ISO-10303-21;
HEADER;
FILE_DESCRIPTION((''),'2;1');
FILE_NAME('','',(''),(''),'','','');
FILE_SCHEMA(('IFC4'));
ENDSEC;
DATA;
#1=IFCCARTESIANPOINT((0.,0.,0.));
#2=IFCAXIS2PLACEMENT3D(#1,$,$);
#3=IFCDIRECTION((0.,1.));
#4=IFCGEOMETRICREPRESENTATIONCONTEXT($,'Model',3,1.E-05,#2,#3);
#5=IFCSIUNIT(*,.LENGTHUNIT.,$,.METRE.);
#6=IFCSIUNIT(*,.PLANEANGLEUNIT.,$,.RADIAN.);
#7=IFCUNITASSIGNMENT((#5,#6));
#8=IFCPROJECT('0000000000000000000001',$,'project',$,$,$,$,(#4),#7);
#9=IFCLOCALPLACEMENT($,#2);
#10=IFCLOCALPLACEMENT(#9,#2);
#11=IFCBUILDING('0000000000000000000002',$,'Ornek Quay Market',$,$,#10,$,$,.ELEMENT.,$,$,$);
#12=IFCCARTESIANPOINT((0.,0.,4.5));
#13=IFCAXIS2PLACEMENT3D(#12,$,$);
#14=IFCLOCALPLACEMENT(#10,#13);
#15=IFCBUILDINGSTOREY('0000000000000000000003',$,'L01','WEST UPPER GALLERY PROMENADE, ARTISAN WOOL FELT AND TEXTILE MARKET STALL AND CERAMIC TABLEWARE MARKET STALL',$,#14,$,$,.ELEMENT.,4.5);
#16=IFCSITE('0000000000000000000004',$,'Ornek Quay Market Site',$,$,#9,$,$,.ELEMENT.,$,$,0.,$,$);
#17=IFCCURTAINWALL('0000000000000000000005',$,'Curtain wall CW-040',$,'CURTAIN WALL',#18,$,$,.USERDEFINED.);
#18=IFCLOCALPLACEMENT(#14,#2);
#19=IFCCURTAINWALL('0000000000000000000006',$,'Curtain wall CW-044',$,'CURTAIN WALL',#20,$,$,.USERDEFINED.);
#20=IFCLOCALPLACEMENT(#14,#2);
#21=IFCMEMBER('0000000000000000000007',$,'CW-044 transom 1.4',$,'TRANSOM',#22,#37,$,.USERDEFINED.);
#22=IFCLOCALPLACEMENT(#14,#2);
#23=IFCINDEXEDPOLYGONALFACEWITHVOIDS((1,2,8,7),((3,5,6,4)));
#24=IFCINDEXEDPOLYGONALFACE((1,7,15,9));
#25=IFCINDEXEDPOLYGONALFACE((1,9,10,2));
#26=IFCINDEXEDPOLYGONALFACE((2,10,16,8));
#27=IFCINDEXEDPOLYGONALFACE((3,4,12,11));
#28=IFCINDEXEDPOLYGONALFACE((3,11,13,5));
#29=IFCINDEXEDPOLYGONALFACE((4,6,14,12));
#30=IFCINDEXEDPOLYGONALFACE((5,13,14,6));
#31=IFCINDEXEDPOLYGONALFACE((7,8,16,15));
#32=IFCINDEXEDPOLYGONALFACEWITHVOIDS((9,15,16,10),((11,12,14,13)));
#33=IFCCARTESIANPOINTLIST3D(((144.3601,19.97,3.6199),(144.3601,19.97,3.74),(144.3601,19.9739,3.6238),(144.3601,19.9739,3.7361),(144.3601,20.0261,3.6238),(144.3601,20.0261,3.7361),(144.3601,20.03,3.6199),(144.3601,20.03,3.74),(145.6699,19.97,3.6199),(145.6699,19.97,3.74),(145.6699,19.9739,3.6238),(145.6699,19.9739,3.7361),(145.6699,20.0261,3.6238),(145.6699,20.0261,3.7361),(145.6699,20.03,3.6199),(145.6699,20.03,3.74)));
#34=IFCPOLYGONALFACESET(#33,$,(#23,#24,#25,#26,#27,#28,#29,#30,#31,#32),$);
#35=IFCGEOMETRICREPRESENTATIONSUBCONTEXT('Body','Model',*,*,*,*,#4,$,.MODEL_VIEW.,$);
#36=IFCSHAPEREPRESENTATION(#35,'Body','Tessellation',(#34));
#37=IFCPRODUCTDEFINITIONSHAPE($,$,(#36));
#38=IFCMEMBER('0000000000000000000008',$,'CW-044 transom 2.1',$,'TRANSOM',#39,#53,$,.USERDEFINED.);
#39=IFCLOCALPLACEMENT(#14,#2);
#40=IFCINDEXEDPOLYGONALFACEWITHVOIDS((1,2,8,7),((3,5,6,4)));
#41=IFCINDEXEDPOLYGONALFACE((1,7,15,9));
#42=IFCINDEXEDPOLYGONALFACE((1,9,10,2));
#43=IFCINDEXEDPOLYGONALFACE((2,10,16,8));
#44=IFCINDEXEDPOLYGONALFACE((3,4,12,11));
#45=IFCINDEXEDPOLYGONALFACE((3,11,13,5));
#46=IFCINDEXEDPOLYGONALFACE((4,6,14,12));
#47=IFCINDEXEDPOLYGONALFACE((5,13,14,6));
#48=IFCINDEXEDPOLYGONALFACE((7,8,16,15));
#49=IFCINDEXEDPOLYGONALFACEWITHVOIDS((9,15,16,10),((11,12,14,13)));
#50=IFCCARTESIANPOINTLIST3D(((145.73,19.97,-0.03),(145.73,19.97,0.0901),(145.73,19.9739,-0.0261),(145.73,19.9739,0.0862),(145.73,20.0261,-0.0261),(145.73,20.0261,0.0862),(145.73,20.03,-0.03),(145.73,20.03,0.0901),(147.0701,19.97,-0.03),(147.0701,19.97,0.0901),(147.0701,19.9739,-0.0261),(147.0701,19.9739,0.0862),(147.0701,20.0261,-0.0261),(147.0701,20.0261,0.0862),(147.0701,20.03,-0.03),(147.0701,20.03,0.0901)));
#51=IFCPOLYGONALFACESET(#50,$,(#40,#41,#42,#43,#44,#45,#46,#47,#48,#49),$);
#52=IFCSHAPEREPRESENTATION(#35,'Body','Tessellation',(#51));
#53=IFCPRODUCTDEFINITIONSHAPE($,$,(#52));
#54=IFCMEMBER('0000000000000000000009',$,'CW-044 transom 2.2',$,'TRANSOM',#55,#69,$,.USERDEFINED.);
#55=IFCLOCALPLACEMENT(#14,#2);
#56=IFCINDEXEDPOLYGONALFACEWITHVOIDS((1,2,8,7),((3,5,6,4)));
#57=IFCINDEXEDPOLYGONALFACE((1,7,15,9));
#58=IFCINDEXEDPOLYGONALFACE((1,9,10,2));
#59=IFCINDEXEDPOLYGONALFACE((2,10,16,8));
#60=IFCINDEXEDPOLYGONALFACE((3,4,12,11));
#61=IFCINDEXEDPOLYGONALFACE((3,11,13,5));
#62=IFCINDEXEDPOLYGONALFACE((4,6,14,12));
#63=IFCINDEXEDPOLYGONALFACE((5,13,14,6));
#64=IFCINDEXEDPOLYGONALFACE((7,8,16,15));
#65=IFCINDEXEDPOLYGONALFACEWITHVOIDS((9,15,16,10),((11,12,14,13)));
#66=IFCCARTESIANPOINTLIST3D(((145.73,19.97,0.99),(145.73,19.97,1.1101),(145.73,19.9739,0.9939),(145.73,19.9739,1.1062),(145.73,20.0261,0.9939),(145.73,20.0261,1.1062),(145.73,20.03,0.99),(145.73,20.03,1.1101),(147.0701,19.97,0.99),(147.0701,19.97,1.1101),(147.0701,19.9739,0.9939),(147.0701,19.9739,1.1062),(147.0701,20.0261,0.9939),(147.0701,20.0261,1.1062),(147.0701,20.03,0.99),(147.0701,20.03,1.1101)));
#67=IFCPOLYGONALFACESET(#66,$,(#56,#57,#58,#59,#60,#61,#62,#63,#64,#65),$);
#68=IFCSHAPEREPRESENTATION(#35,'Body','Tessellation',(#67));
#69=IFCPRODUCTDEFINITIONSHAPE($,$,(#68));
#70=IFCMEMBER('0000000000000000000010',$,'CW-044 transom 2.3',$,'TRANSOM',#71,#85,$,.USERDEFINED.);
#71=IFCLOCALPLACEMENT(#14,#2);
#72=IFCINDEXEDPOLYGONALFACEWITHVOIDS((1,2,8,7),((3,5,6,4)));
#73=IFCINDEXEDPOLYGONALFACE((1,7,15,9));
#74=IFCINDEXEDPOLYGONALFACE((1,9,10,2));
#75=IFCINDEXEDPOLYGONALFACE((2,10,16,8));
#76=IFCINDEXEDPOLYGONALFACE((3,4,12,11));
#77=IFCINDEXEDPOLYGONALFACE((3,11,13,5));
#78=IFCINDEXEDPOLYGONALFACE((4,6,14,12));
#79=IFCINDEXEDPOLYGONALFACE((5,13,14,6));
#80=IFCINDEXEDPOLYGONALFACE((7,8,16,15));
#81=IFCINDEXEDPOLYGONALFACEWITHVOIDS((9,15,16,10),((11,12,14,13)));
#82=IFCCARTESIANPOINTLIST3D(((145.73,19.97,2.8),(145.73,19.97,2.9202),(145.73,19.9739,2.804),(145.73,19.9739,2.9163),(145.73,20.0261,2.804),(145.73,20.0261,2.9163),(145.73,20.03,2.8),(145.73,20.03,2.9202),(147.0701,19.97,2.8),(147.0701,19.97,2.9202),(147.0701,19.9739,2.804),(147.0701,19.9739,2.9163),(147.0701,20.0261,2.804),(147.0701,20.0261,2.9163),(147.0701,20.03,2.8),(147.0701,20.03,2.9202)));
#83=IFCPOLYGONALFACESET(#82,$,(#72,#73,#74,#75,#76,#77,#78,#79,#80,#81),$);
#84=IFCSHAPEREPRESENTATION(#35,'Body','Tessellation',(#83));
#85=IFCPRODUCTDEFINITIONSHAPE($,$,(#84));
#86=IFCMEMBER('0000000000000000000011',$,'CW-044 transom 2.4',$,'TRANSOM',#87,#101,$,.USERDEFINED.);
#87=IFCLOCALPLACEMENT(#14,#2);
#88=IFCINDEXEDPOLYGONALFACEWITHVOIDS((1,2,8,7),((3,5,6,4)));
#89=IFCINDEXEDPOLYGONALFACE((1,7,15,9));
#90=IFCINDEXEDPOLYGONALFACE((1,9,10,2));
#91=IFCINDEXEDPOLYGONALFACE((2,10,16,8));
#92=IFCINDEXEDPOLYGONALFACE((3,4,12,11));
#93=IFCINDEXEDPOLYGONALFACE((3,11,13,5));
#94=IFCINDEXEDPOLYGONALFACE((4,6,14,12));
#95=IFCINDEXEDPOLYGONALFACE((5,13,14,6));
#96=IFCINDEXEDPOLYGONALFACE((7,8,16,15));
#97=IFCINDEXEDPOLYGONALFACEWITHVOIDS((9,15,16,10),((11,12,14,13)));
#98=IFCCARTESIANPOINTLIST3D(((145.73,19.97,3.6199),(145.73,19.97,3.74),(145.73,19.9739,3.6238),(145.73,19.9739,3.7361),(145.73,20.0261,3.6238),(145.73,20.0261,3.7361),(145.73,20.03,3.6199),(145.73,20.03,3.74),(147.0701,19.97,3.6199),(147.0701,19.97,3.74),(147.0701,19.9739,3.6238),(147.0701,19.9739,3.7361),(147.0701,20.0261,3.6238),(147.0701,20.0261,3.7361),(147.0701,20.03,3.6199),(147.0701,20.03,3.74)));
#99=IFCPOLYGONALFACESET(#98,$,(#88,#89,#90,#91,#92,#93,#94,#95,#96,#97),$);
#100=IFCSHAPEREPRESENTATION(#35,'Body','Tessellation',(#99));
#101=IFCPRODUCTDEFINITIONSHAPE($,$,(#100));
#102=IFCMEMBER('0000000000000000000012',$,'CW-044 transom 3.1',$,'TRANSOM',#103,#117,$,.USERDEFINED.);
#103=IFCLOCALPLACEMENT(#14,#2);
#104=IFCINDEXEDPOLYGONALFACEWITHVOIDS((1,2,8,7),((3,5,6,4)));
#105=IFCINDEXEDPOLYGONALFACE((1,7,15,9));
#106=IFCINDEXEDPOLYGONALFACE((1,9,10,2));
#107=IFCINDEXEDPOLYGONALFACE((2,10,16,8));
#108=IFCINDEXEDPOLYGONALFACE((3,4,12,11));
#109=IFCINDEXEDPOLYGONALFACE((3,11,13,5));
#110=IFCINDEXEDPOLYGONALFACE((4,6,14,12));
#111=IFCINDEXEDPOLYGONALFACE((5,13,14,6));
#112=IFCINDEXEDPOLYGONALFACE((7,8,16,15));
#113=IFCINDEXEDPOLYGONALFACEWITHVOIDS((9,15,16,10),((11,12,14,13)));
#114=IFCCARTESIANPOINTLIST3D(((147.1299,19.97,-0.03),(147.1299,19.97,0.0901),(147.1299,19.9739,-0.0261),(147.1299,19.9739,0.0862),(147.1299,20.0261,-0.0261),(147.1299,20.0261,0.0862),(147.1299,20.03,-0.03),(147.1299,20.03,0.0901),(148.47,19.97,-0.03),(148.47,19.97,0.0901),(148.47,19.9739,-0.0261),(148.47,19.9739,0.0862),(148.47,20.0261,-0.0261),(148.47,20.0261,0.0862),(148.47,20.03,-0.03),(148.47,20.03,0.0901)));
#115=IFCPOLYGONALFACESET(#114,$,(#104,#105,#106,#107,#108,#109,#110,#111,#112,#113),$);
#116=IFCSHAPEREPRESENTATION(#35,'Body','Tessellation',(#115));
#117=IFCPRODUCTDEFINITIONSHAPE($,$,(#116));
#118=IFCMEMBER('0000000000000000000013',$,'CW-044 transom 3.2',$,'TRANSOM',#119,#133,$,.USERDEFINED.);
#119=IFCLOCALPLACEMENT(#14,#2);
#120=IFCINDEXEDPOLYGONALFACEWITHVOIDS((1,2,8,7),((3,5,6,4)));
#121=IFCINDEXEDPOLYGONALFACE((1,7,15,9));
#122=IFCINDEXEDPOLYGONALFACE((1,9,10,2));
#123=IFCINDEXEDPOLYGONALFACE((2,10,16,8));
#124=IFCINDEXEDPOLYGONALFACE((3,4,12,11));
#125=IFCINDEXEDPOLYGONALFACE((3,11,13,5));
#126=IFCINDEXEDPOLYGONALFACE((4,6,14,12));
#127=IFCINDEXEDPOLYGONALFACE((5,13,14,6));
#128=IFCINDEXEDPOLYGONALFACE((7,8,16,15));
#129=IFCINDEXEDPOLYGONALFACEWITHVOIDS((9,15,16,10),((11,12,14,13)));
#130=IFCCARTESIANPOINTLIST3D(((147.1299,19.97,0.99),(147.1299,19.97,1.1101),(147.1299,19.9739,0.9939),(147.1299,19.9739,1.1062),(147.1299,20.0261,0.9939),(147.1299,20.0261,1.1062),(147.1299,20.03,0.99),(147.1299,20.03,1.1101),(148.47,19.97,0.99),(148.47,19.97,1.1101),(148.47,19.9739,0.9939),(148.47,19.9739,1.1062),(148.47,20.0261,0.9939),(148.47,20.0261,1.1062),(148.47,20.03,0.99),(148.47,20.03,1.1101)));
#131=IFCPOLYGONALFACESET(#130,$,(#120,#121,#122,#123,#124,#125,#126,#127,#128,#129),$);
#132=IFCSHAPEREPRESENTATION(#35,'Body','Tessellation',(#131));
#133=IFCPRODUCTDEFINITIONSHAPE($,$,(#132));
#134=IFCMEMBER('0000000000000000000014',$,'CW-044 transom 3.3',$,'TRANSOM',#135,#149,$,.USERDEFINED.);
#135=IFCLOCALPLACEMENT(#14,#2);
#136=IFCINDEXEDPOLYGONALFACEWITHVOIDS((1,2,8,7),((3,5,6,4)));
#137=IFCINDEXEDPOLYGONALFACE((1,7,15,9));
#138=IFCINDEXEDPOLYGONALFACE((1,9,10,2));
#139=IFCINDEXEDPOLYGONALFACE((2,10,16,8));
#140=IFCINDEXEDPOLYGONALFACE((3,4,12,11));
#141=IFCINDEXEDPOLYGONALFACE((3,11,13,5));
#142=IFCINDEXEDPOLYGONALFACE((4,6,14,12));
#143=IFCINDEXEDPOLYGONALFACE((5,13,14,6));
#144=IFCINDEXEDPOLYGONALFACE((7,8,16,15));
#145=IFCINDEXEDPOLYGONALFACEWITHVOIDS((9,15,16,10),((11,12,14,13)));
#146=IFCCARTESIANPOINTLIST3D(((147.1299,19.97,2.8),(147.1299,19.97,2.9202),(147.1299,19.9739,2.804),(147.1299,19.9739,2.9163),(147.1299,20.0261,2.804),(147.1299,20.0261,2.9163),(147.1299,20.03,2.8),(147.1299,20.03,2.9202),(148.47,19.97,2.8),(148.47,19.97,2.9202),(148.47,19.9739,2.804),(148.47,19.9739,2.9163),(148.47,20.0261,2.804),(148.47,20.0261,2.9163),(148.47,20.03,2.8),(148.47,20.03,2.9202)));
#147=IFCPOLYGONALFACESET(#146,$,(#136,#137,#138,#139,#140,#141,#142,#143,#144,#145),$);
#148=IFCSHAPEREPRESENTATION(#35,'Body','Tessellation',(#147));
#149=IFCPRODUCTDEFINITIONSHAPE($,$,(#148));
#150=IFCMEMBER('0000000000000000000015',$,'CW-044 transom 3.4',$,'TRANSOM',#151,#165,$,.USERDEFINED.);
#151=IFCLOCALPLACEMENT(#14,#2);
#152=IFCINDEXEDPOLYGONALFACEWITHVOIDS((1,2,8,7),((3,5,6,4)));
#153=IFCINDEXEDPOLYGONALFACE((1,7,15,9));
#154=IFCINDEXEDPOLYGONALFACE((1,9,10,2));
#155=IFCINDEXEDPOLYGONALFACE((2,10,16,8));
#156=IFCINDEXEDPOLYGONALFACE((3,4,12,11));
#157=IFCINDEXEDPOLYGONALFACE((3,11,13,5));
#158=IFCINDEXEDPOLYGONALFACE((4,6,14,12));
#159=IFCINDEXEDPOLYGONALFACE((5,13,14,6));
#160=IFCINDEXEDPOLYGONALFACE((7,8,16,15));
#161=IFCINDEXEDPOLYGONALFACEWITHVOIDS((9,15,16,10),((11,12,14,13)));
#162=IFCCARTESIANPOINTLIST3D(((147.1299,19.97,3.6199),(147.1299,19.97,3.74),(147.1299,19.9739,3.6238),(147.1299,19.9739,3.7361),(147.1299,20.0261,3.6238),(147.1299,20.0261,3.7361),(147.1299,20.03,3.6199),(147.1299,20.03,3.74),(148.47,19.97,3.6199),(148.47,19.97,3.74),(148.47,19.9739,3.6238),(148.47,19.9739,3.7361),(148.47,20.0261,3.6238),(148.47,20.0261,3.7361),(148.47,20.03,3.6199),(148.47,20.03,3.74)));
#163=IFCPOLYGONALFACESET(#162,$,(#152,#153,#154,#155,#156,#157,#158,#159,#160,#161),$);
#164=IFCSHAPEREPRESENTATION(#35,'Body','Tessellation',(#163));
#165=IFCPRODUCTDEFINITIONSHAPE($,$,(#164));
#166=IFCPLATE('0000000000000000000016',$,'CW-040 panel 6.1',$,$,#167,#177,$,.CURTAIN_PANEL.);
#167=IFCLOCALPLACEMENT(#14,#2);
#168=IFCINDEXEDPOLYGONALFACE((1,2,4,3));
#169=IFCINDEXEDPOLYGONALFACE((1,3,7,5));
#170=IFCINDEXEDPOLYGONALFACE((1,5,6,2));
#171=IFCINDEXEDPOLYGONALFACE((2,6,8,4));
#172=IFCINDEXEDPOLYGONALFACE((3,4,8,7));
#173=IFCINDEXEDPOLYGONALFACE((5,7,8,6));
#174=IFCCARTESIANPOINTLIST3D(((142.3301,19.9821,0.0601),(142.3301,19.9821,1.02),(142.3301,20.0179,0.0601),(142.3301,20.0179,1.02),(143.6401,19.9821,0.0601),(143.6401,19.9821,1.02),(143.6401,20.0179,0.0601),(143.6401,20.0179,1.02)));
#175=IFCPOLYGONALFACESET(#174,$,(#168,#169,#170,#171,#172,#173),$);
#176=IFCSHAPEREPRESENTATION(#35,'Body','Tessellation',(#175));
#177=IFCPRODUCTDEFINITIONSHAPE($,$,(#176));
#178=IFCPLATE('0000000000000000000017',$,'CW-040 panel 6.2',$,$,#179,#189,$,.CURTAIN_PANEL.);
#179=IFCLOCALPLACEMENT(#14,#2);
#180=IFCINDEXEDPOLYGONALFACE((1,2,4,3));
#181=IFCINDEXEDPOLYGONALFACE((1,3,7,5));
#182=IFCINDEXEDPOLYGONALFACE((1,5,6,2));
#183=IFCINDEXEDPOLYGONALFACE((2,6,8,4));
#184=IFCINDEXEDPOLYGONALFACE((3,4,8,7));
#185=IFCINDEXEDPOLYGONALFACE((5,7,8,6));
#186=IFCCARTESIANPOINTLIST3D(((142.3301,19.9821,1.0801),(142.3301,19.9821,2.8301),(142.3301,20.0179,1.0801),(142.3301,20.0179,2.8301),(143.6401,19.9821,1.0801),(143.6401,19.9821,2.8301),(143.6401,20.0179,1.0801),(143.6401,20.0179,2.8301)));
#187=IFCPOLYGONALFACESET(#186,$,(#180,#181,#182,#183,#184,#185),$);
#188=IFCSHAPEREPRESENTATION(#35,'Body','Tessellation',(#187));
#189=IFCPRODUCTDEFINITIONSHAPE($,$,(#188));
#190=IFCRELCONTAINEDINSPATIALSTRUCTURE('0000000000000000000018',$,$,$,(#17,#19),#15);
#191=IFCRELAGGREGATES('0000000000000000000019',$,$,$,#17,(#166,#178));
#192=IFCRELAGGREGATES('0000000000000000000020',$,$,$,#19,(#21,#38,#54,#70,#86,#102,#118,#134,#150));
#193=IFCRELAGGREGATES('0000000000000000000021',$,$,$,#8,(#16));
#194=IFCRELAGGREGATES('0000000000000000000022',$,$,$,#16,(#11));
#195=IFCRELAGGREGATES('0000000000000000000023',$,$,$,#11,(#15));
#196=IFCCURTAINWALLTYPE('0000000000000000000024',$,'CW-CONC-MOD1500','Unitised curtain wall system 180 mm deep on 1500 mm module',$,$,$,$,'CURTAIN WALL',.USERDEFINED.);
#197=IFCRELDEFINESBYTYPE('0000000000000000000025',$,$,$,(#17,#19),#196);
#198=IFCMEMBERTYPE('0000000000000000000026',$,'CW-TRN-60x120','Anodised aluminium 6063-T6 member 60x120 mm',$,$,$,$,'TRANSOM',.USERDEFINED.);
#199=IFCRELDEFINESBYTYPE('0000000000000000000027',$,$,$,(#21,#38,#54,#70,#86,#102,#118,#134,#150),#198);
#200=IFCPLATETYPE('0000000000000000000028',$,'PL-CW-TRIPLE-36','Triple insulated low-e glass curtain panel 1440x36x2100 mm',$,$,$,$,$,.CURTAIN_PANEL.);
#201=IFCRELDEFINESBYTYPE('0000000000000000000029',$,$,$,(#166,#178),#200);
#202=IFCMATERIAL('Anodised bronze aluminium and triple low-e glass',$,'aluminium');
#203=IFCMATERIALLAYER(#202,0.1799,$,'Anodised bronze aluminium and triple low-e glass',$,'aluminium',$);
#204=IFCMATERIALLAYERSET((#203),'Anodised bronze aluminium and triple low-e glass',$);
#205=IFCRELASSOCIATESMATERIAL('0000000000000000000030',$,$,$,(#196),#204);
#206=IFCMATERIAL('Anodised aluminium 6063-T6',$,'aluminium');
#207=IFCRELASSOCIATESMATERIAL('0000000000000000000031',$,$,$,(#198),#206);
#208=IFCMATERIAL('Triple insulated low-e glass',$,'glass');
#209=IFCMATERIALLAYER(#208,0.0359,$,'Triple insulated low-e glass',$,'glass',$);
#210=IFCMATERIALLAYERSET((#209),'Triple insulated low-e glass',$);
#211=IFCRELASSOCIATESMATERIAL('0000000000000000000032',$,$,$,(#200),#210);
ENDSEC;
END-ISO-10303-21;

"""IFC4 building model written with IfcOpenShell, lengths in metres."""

from ifc_helpers import new_model, si_unit, direction, frame, origin, origin_2d, place, context, subcontext, project, spatial, rectangle, hollow_rectangle, extrude, material, layer, layer_set, material_profile, profile_set, type_object, element, aggregate, save


model = new_model("IFC4")

# Units and contexts
model_context = context("Model", 3, precision=1e-05, world=origin(), true_north=direction((0.0, 1.0)))
body_context = subcontext(model_context, "Body", "Model", "MODEL_VIEW")
ifc_project = project(units=[si_unit("LENGTHUNIT", "METRE"), si_unit("PLANEANGLEUNIT", "RADIAN")], contexts=[model_context])

# Site, building, storey
site_placement = place(None, origin())
site = spatial("IfcSite", under=ifc_project, at=site_placement, Name="Ornek Quay Market Site", CompositionType="ELEMENT", RefElevation=0.0)
building_placement = place(site_placement, origin())
building = spatial("IfcBuilding", under=site, at=building_placement, Name="Ornek Quay Market", CompositionType="ELEMENT")
storey_placement = place(building_placement, frame((0.0, 0.0, 4.5)))
storey = spatial("IfcBuildingStorey", under=building, at=storey_placement, Name="L01", Description="WEST UPPER GALLERY PROMENADE, ARTISAN WOOL FELT AND TEXTILE MARKET STALL AND CERAMIC TABLEWARE MARKET STALL", CompositionType="ELEMENT", Elevation=4.5)

# Curtain wall
ifc_material_1 = material(Name="Anodised bronze aluminium and triple low-e glass", Category="aluminium")
ifc_layer_1 = layer(ifc_material_1, 0.1799, Name="Anodised bronze aluminium and triple low-e glass", Category="aluminium")
ifc_layer_set_1 = layer_set([ifc_layer_1], Name="Anodised bronze aluminium and triple low-e glass")
curtain_wall_type = type_object("IfcCurtainWallType", Name="CW-CONC-MOD1500", Description="Unitised curtain wall system 180 mm deep on 1500 mm module", ElementType="CURTAIN WALL", PredefinedType="USERDEFINED", material=ifc_layer_set_1)
curtain_wall_1_placement = place(storey_placement, origin())
curtain_wall_1 = element("IfcCurtainWall", 1, at=curtain_wall_1_placement, inside=storey, type_object=curtain_wall_type, Name="Curtain wall CW-040", ObjectType="CURTAIN WALL", PredefinedType="USERDEFINED")
ifc_material_2 = material(Name="Anodised aluminium 6063-T6", Category="aluminium")

# Curtain wall
curtain_wall_2_placement = place(storey_placement, origin())
curtain_wall_2 = element("IfcCurtainWall", 2, at=curtain_wall_2_placement, inside=storey, type_object=curtain_wall_type, Name="Curtain wall CW-044", ObjectType="CURTAIN WALL", PredefinedType="USERDEFINED")

# Members
ifc_material_profile_1 = material_profile(ifc_material_2, hollow_rectangle(XDim=0.0601, YDim=0.1201, WallThickness=0.0039, at=origin_2d()), Name="CW-TRN-60x120", Category="aluminium")
ifc_profile_set_1 = profile_set([ifc_material_profile_1], Name="Anodised aluminium 6063-T6")
member_type_1 = type_object("IfcMemberType", Name="CW-TRN-60x120", Description="Anodised aluminium 6063-T6 member 60x120 mm", ElementType="TRANSOM", PredefinedType="USERDEFINED", material=ifc_profile_set_1)
member_1_placement = place(storey_placement, frame((144.3601, 20.0, 3.6799), z_axis=(1.0, 0.0, 0.0), x_axis=(0.0, 1.0, 0.0)))
member_1 = element("IfcMember", 3, at=member_1_placement, type_object=member_type_1, Name="CW-044 transom 1.4", ObjectType="TRANSOM", PredefinedType="USERDEFINED", context=body_context, shape_type="SweptSolid", body=[
    extrude(hollow_rectangle(XDim=0.0601, YDim=0.1201, WallThickness=0.0039, at=origin_2d()), origin(), (0.0, 0.0, 1.0), 1.3098),
])
member_2_placement = place(storey_placement, frame((145.73, 20.0, 0.03), z_axis=(1.0, 0.0, 0.0), x_axis=(0.0, 1.0, 0.0)))
member_2 = element("IfcMember", 4, at=member_2_placement, type_object=member_type_1, Name="CW-044 transom 2.1", ObjectType="TRANSOM", PredefinedType="USERDEFINED", context=body_context, shape_type="SweptSolid", body=[
    extrude(hollow_rectangle(XDim=0.0601, YDim=0.1201, WallThickness=0.0039, at=origin_2d()), origin(), (0.0, 0.0, 1.0), 1.3401),
])
member_3_placement = place(storey_placement, frame((145.73, 20.0, 1.05), z_axis=(1.0, 0.0, 0.0), x_axis=(0.0, 1.0, 0.0)))
member_3 = element("IfcMember", 5, at=member_3_placement, type_object=member_type_1, Name="CW-044 transom 2.2", ObjectType="TRANSOM", PredefinedType="USERDEFINED", context=body_context, shape_type="SweptSolid", body=[
    extrude(hollow_rectangle(XDim=0.0601, YDim=0.1201, WallThickness=0.0039, at=origin_2d()), origin(), (0.0, 0.0, 1.0), 1.3401),
])
member_4_placement = place(storey_placement, frame((145.73, 20.0, 2.8601), z_axis=(1.0, 0.0, 0.0), x_axis=(0.0, 1.0, 0.0)))
member_4 = element("IfcMember", 6, at=member_4_placement, type_object=member_type_1, Name="CW-044 transom 2.3", ObjectType="TRANSOM", PredefinedType="USERDEFINED", context=body_context, shape_type="SweptSolid", body=[
    extrude(hollow_rectangle(XDim=0.0601, YDim=0.1201, WallThickness=0.0039, at=origin_2d()), origin(), (0.0, 0.0, 1.0), 1.3401),
])
member_5_placement = place(storey_placement, frame((145.73, 20.0, 3.6799), z_axis=(1.0, 0.0, 0.0), x_axis=(0.0, 1.0, 0.0)))
member_5 = element("IfcMember", 7, at=member_5_placement, type_object=member_type_1, Name="CW-044 transom 2.4", ObjectType="TRANSOM", PredefinedType="USERDEFINED", context=body_context, shape_type="SweptSolid", body=[
    extrude(hollow_rectangle(XDim=0.0601, YDim=0.1201, WallThickness=0.0039, at=origin_2d()), origin(), (0.0, 0.0, 1.0), 1.3401),
])
member_6_placement = place(storey_placement, frame((147.1299, 20.0, 0.03), z_axis=(1.0, 0.0, 0.0), x_axis=(0.0, 1.0, 0.0)))
member_6 = element("IfcMember", 8, at=member_6_placement, type_object=member_type_1, Name="CW-044 transom 3.1", ObjectType="TRANSOM", PredefinedType="USERDEFINED", context=body_context, shape_type="SweptSolid", body=[
    extrude(hollow_rectangle(XDim=0.0601, YDim=0.1201, WallThickness=0.0039, at=origin_2d()), origin(), (0.0, 0.0, 1.0), 1.3401),
])
member_7_placement = place(storey_placement, frame((147.1299, 20.0, 1.05), z_axis=(1.0, 0.0, 0.0), x_axis=(0.0, 1.0, 0.0)))
member_7 = element("IfcMember", 9, at=member_7_placement, type_object=member_type_1, Name="CW-044 transom 3.2", ObjectType="TRANSOM", PredefinedType="USERDEFINED", context=body_context, shape_type="SweptSolid", body=[
    extrude(hollow_rectangle(XDim=0.0601, YDim=0.1201, WallThickness=0.0039, at=origin_2d()), origin(), (0.0, 0.0, 1.0), 1.3401),
])
member_8_placement = place(storey_placement, frame((147.1299, 20.0, 2.8601), z_axis=(1.0, 0.0, 0.0), x_axis=(0.0, 1.0, 0.0)))
member_8 = element("IfcMember", 10, at=member_8_placement, type_object=member_type_1, Name="CW-044 transom 3.3", ObjectType="TRANSOM", PredefinedType="USERDEFINED", context=body_context, shape_type="SweptSolid", body=[
    extrude(hollow_rectangle(XDim=0.0601, YDim=0.1201, WallThickness=0.0039, at=origin_2d()), origin(), (0.0, 0.0, 1.0), 1.3401),
])
member_9_placement = place(storey_placement, frame((147.1299, 20.0, 3.6799), z_axis=(1.0, 0.0, 0.0), x_axis=(0.0, 1.0, 0.0)))
member_9 = element("IfcMember", 11, at=member_9_placement, type_object=member_type_1, Name="CW-044 transom 3.4", ObjectType="TRANSOM", PredefinedType="USERDEFINED", context=body_context, shape_type="SweptSolid", body=[
    extrude(hollow_rectangle(XDim=0.0601, YDim=0.1201, WallThickness=0.0039, at=origin_2d()), origin(), (0.0, 0.0, 1.0), 1.3401),
])

# Plates
ifc_material_3 = material(Name="Triple insulated low-e glass", Category="glass")
ifc_layer_2 = layer(ifc_material_3, 0.0359, Name="Triple insulated low-e glass", Category="glass")
ifc_layer_set_2 = layer_set([ifc_layer_2], Name="Triple insulated low-e glass")
plate_type = type_object("IfcPlateType", Name="PL-CW-TRIPLE-36", Description="Triple insulated low-e glass curtain panel 1440x36x2100 mm", PredefinedType="CURTAIN_PANEL", material=ifc_layer_set_2)
plate_1_placement = place(storey_placement, frame((142.9851, 20.0, 0.0601), z_axis=(0.0, 0.0, 1.0), x_axis=(1.0, 0.0, 0.0)))
plate_1 = element("IfcPlate", 12, at=plate_1_placement, type_object=plate_type, Name="CW-040 panel 6.1", PredefinedType="CURTAIN_PANEL", context=body_context, shape_type="SweptSolid", body=[
    extrude(rectangle(XDim=1.3101, YDim=0.0359, at=origin_2d()), origin(), (0.0, 0.0, 1.0), 0.96),
])
plate_2_placement = place(storey_placement, frame((142.9851, 20.0, 1.0801), z_axis=(0.0, 0.0, 1.0), x_axis=(1.0, 0.0, 0.0)))
plate_2 = element("IfcPlate", 13, at=plate_2_placement, type_object=plate_type, Name="CW-040 panel 6.2", PredefinedType="CURTAIN_PANEL", context=body_context, shape_type="SweptSolid", body=[
    extrude(rectangle(XDim=1.3101, YDim=0.0359, at=origin_2d()), origin(), (0.0, 0.0, 1.0), 1.75),
])
aggregate(curtain_wall_1, [plate_1, plate_2])
aggregate(curtain_wall_2, [member_1, member_2, member_3, member_4, member_5, member_6, member_7, member_8, member_9])

save(model, "model.ifc")
